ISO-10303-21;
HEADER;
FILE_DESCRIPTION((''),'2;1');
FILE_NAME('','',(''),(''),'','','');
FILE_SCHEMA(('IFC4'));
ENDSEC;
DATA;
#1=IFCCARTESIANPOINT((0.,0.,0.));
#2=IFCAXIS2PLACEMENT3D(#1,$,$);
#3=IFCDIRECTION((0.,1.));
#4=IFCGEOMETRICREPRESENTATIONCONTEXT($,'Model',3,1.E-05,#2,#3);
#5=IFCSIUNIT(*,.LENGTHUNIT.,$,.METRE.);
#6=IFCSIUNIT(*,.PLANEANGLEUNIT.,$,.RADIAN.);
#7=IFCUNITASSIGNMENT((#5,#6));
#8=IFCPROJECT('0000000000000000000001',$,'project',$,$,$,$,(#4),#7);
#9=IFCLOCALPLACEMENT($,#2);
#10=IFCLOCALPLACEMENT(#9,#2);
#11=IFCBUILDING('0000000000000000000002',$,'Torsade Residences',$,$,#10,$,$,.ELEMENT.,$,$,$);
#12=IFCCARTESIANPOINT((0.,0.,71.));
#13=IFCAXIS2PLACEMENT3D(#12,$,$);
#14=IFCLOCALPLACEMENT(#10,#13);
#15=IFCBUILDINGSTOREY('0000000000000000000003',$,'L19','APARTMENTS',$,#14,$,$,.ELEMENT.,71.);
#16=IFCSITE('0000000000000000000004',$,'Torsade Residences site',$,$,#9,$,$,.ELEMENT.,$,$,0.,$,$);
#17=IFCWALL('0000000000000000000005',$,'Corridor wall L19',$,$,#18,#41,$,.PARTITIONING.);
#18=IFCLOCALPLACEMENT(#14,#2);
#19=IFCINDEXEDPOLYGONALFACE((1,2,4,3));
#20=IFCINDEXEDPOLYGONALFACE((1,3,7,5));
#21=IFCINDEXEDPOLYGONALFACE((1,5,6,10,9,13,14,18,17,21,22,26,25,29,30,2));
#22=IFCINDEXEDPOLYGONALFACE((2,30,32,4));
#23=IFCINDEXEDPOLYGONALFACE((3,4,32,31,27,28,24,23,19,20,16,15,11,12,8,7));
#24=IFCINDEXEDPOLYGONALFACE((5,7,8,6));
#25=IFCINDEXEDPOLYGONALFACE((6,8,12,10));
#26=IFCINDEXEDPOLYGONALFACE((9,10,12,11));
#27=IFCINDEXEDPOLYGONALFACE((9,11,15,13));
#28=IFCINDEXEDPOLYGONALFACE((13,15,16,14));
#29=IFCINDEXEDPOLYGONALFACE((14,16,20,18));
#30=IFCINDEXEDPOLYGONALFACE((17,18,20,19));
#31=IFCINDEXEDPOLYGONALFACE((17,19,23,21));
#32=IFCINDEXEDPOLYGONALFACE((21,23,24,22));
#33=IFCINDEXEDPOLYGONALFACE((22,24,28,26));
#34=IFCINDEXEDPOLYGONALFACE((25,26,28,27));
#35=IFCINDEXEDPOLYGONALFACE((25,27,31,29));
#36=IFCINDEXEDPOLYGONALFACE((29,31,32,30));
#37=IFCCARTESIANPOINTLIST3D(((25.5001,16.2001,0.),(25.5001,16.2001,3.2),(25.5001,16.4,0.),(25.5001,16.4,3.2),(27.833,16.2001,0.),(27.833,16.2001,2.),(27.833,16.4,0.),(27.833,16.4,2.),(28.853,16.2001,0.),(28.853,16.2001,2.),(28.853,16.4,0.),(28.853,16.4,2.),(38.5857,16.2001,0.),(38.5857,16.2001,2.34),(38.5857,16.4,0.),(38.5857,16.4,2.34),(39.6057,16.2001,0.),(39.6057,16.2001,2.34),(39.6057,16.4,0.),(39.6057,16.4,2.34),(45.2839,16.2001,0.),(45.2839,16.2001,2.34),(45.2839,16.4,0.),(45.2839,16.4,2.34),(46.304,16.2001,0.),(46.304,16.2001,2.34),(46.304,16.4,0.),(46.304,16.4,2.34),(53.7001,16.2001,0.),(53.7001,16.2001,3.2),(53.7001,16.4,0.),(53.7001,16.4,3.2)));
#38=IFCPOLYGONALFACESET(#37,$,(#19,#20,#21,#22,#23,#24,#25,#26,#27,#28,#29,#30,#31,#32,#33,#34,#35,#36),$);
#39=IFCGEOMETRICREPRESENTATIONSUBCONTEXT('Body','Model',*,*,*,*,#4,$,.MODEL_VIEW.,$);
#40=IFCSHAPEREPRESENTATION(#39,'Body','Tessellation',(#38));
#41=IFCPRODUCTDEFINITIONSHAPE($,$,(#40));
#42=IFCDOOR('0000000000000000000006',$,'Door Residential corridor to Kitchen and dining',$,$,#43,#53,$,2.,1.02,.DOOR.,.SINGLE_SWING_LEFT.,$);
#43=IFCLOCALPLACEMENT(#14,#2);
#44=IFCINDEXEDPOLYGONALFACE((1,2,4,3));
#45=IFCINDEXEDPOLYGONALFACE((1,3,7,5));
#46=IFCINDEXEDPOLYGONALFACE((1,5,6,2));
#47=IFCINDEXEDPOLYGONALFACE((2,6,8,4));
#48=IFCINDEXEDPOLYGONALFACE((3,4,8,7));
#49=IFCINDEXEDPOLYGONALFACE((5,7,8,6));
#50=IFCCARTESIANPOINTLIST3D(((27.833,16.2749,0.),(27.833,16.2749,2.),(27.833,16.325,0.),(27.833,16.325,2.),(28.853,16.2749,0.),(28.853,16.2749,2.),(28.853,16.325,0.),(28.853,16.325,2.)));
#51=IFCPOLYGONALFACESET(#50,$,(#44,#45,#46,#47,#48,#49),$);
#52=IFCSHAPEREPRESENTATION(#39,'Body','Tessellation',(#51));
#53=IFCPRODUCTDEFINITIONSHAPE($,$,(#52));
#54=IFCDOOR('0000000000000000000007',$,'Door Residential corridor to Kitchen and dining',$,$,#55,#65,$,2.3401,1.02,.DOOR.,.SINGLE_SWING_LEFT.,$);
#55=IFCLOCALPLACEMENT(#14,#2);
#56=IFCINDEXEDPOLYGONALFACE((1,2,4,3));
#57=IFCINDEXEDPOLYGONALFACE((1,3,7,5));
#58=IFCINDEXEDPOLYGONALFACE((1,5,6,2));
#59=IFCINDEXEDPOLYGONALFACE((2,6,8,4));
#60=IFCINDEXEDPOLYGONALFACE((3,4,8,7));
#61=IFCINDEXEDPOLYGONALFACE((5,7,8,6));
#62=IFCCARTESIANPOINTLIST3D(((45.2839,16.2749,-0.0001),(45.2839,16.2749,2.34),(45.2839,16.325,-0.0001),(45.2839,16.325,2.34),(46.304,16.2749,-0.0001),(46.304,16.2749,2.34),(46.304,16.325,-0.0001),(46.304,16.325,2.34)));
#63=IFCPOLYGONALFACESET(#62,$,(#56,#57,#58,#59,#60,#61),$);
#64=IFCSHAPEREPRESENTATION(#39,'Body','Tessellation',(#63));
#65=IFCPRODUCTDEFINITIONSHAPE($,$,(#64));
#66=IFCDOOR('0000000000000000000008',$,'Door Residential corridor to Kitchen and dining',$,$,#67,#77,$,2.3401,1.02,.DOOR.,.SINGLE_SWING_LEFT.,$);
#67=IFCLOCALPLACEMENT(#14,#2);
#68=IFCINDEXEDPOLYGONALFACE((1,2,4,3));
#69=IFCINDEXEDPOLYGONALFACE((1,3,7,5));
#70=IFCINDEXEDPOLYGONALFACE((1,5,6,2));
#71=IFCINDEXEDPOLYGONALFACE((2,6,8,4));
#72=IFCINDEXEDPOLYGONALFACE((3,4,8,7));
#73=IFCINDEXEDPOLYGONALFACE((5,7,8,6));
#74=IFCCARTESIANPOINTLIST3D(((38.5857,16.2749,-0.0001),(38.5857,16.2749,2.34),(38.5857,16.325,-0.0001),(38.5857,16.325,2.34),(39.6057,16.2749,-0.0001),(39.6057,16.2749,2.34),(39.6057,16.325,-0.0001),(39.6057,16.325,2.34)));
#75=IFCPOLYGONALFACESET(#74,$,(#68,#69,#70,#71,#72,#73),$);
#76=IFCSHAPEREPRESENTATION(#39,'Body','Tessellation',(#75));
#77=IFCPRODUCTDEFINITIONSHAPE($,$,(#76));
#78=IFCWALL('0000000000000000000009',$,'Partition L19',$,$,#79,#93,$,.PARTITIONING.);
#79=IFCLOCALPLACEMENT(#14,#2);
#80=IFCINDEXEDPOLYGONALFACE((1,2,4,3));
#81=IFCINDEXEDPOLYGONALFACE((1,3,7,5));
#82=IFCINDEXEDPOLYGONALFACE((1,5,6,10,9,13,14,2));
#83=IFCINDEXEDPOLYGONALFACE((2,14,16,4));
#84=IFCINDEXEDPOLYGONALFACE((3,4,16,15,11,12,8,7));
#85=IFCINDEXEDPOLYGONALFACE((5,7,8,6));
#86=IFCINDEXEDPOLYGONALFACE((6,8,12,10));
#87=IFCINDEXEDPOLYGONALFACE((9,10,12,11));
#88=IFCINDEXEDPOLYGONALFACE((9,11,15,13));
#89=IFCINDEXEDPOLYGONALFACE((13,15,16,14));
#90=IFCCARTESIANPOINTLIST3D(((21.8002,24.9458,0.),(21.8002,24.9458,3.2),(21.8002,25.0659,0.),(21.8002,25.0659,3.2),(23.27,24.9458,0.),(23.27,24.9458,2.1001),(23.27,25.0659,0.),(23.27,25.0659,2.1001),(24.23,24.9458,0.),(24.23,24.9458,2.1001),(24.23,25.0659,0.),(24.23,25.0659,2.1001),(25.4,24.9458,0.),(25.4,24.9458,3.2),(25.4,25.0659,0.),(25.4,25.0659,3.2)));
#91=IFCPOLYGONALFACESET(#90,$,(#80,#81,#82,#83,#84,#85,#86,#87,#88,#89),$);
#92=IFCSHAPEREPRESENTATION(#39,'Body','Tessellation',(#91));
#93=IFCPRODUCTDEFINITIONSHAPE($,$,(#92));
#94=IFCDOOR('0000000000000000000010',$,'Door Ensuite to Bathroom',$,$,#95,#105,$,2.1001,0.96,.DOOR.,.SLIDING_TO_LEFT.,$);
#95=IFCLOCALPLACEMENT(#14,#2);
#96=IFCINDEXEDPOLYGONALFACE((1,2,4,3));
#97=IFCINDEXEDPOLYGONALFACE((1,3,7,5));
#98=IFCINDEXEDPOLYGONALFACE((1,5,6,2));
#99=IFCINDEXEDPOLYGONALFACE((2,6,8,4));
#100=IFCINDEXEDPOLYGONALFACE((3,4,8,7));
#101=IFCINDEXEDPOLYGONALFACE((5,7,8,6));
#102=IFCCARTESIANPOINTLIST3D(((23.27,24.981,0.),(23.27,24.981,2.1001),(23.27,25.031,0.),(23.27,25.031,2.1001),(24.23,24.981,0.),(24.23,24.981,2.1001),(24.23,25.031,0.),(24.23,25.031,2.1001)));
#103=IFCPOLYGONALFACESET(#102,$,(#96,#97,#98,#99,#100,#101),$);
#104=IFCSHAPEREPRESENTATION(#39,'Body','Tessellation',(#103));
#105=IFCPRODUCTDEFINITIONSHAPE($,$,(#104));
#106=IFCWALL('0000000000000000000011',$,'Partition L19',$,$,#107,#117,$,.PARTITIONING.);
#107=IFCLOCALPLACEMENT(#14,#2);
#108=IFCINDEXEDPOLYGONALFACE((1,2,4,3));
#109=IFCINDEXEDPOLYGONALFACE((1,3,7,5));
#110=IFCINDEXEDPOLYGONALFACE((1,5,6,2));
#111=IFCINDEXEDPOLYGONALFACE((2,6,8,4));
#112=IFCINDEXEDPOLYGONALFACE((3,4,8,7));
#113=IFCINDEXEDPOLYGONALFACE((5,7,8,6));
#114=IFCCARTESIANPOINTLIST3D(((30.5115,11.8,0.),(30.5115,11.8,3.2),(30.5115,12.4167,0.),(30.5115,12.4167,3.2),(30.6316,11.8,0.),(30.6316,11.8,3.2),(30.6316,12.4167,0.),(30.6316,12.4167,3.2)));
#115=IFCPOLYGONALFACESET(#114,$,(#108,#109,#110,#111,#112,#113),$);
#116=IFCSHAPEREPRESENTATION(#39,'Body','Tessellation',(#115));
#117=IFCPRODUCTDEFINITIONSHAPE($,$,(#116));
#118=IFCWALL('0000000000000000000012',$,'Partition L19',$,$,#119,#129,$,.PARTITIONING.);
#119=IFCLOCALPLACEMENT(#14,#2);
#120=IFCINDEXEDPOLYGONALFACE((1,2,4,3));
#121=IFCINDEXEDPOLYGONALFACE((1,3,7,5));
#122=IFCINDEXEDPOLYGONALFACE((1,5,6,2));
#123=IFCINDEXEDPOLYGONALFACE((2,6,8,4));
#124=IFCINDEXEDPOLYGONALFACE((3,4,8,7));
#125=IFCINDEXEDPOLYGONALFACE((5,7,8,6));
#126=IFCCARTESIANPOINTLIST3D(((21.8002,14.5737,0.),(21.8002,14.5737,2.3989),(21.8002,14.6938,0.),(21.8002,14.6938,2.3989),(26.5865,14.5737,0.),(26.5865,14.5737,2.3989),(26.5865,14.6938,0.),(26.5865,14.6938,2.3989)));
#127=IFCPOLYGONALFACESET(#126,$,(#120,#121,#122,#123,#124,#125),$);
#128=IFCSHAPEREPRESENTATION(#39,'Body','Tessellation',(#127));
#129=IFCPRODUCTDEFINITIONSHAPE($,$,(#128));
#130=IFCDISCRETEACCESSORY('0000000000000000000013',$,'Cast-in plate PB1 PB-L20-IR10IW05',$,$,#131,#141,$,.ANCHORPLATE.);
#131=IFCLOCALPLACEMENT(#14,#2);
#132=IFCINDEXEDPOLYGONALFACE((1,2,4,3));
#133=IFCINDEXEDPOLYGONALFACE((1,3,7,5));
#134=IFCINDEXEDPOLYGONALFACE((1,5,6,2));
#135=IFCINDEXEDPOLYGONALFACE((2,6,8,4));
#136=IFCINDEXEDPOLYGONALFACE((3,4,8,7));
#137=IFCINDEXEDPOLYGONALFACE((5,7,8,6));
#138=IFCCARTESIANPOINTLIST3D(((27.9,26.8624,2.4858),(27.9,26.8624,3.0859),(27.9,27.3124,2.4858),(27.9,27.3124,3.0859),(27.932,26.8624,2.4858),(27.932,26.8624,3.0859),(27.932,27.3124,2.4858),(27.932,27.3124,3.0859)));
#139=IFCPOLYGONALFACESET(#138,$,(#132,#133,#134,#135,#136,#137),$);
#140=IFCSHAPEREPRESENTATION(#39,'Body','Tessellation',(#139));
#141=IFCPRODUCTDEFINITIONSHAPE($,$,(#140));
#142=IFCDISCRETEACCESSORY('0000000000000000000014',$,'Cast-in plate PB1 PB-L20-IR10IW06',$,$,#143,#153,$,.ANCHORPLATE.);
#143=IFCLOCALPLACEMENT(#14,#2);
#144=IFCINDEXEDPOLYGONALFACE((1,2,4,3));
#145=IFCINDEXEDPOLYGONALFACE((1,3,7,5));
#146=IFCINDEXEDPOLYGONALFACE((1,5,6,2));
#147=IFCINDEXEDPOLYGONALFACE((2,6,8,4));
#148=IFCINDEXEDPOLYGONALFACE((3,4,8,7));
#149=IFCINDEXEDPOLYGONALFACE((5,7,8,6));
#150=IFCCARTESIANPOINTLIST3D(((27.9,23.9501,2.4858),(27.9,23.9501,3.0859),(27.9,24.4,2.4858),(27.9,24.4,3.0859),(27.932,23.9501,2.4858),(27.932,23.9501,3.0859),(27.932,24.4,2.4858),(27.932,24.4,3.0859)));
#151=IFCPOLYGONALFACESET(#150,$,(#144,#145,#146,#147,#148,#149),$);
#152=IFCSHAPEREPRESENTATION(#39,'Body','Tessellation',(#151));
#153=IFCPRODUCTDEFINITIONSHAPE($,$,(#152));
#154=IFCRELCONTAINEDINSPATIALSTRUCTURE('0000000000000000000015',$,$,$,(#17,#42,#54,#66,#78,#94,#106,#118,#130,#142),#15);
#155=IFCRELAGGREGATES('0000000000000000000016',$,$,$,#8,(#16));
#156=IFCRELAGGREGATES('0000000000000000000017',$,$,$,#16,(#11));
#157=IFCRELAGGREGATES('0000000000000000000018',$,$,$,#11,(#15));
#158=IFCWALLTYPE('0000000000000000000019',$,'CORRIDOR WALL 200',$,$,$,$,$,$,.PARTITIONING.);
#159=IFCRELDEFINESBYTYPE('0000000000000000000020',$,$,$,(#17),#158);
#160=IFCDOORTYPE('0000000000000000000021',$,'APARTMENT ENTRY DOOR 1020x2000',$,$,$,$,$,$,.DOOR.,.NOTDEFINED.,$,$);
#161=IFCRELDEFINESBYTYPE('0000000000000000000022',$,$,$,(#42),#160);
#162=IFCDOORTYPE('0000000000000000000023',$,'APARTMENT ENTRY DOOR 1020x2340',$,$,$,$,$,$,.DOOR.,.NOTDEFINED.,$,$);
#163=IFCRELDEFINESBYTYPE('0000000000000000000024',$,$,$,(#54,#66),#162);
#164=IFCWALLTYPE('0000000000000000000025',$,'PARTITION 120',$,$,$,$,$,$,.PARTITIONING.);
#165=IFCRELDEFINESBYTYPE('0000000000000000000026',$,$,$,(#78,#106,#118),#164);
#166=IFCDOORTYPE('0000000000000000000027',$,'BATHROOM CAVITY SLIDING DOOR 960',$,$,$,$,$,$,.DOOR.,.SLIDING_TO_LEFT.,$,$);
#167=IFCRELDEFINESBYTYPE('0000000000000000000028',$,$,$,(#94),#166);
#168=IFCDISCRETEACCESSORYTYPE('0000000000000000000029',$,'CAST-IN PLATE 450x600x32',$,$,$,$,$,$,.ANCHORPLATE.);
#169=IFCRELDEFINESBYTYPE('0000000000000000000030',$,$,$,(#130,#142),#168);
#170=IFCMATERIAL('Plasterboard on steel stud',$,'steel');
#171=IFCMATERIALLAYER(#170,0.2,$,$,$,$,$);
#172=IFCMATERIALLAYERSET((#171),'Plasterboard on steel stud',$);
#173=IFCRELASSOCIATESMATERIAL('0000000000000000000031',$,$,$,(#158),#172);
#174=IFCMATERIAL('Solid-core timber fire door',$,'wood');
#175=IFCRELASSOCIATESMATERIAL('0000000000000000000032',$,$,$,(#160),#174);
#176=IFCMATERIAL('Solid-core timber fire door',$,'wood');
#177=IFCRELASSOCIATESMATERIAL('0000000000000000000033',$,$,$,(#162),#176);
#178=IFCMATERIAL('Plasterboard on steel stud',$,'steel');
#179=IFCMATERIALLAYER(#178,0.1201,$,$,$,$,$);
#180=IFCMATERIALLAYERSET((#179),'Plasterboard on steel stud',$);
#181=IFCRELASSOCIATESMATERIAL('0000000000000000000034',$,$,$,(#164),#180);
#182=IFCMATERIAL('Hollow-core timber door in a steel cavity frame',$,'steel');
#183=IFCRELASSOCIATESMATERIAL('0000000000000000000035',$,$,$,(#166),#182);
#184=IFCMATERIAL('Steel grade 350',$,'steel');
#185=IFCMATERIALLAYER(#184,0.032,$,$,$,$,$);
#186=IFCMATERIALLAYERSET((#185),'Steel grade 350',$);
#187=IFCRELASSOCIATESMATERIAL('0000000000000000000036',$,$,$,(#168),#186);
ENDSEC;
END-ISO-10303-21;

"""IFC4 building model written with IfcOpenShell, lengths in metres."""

from ifc_helpers import new_model, si_unit, direction, frame, frame_2d, origin, origin_2d, place, context, subcontext, project, spatial, rectangle, extrude, material, layer, layer_set, type_object, element, fill, save


model = new_model("IFC4")

# Units and contexts
model_context = context("Model", 3, precision=1e-05, world=origin(), true_north=direction((0.0, 1.0)))
body_context = subcontext(model_context, "Body", "Model", "MODEL_VIEW")
ifc_project = project(units=[si_unit("LENGTHUNIT", "METRE"), si_unit("PLANEANGLEUNIT", "RADIAN")], contexts=[model_context])

# Site, building, storey
site_placement = place(None, origin())
site = spatial("IfcSite", under=ifc_project, at=site_placement, Name="Torsade Residences site", CompositionType="ELEMENT", RefElevation=0.0)
building_placement = place(site_placement, origin())
building = spatial("IfcBuilding", under=site, at=building_placement, Name="Torsade Residences", CompositionType="ELEMENT")
storey_placement = place(building_placement, frame((0.0, 0.0, 71.0)))
storey = spatial("IfcBuildingStorey", under=building, at=storey_placement, Name="L19", Description="APARTMENTS", CompositionType="ELEMENT", Elevation=71.0)

# Wall, openings, doors
ifc_material_1 = material(Name="Plasterboard on steel stud", Category="steel")
ifc_layer_1 = layer(ifc_material_1, 0.2)
ifc_layer_set_1 = layer_set([ifc_layer_1], Name="Plasterboard on steel stud")
wall_type_1 = type_object("IfcWallType", Name="CORRIDOR WALL 200", PredefinedType="PARTITIONING", material=ifc_layer_set_1)
wall_1_placement = place(storey_placement, frame((25.5, 16.3, 0.0), z_axis=(0.0, 0.0, 1.0), x_axis=(1.0, 0.0, 0.0)))
wall_1 = element("IfcWall", 1, at=wall_1_placement, inside=storey, type_object=wall_type_1, Name="Corridor wall L19", PredefinedType="PARTITIONING", context=body_context, shape_type="SweptSolid", body=[
    extrude(rectangle(XDim=28.2, YDim=0.2, at=frame_2d((14.1001, 0.0))), origin(), (0.0, 0.0, 1.0), 3.2),
])
opening_1_placement = place(wall_1_placement, frame((19.7839, 0.0, 0.0)))
opening_1 = element("IfcOpeningElement", 2, at=opening_1_placement, cuts=wall_1, PredefinedType="OPENING", context=body_context, shape_type="SweptSolid", body=[
    extrude(rectangle(XDim=1.02, YDim=2.3401, at=frame_2d((0.51, 1.1699))), frame((0.0, 0.1099, 0.0), z_axis=(0.0, -1.0, 0.0), x_axis=(1.0, 0.0, 0.0)), (0.0, 0.0, 1.0), 0.22),
])
opening_2_placement = place(wall_1_placement, frame((13.0857, 0.0, 0.0)))
opening_2 = element("IfcOpeningElement", 3, at=opening_2_placement, cuts=wall_1, PredefinedType="OPENING", context=body_context, shape_type="SweptSolid", body=[
    extrude(rectangle(XDim=1.02, YDim=2.3401, at=frame_2d((0.51, 1.1699))), frame((0.0, 0.1099, 0.0), z_axis=(0.0, -1.0, 0.0), x_axis=(1.0, 0.0, 0.0)), (0.0, 0.0, 1.0), 0.22),
])
opening_3_placement = place(wall_1_placement, frame((2.333, 0.0, 0.0)))
opening_3 = element("IfcOpeningElement", 4, at=opening_3_placement, cuts=wall_1, PredefinedType="OPENING", context=body_context, shape_type="SweptSolid", body=[
    extrude(rectangle(XDim=1.02, YDim=2.0, at=frame_2d((0.51, 1.0))), frame((0.0, 0.1099, 0.0), z_axis=(0.0, -1.0, 0.0), x_axis=(1.0, 0.0, 0.0)), (0.0, 0.0, 1.0), 0.22),
])
ifc_material_2 = material(Name="Solid-core timber fire door", Category="wood")
door_type_1 = type_object("IfcDoorType", Name="APARTMENT ENTRY DOOR 1020x2000", OperationType="NOTDEFINED", PredefinedType="DOOR", material=ifc_material_2)
door_1_placement = place(opening_3_placement, origin())
door_1 = element("IfcDoor", 5, at=door_1_placement, inside=storey, type_object=door_type_1, Name="Door Residential corridor to Kitchen and dining", OperationType="SINGLE_SWING_LEFT", OverallHeight=2.0, OverallWidth=1.02, PredefinedType="DOOR", context=body_context, shape_type="SweptSolid", body=[
    extrude(rectangle(XDim=1.02, YDim=2.0, at=frame_2d((0.51, 1.0))), frame((0.0, 0.0249, 0.0), z_axis=(0.0, -1.0, 0.0), x_axis=(1.0, 0.0, 0.0)), (0.0, 0.0, 1.0), 0.05),
])
fill(opening_3, door_1)
ifc_material_3 = material(Name="Solid-core timber fire door", Category="wood")
door_type_2 = type_object("IfcDoorType", Name="APARTMENT ENTRY DOOR 1020x2340", OperationType="NOTDEFINED", PredefinedType="DOOR", material=ifc_material_3)
door_2_placement = place(opening_1_placement, origin())
door_2 = element("IfcDoor", 6, at=door_2_placement, inside=storey, type_object=door_type_2, Name="Door Residential corridor to Kitchen and dining", OperationType="SINGLE_SWING_LEFT", OverallHeight=2.3401, OverallWidth=1.02, PredefinedType="DOOR", context=body_context, shape_type="SweptSolid", body=[
    extrude(rectangle(XDim=1.02, YDim=2.3401, at=frame_2d((0.51, 1.1699))), frame((0.0, 0.0249, 0.0), z_axis=(0.0, -1.0, 0.0), x_axis=(1.0, 0.0, 0.0)), (0.0, 0.0, 1.0), 0.05),
])
fill(opening_1, door_2)
door_3_placement = place(opening_2_placement, origin())
door_3 = element("IfcDoor", 7, at=door_3_placement, inside=storey, type_object=door_type_2, Name="Door Residential corridor to Kitchen and dining", OperationType="SINGLE_SWING_LEFT", OverallHeight=2.3401, OverallWidth=1.02, PredefinedType="DOOR", context=body_context, shape_type="SweptSolid", body=[
    extrude(rectangle(XDim=1.02, YDim=2.3401, at=frame_2d((0.51, 1.1699))), frame((0.0, 0.0249, 0.0), z_axis=(0.0, -1.0, 0.0), x_axis=(1.0, 0.0, 0.0)), (0.0, 0.0, 1.0), 0.05),
])
fill(opening_2, door_3)

# Wall, opening, door
ifc_material_4 = material(Name="Plasterboard on steel stud", Category="steel")
ifc_layer_2 = layer(ifc_material_4, 0.1201)
ifc_layer_set_2 = layer_set([ifc_layer_2], Name="Plasterboard on steel stud")
wall_type_2 = type_object("IfcWallType", Name="PARTITION 120", PredefinedType="PARTITIONING", material=ifc_layer_set_2)
wall_2_placement = place(storey_placement, frame((25.3999, 25.0059, 0.0), z_axis=(0.0, 0.0, 1.0), x_axis=(-1.0, 0.0, 0.0)))
wall_2 = element("IfcWall", 8, at=wall_2_placement, inside=storey, type_object=wall_type_2, Name="Partition L19", PredefinedType="PARTITIONING", context=body_context, shape_type="SweptSolid", body=[
    extrude(rectangle(XDim=3.5999, YDim=0.1201, at=frame_2d((1.7998, 0.0))), origin(), (0.0, 0.0, 1.0), 3.2),
])
opening_4_placement = place(wall_2_placement, frame((1.1699, 0.0, 0.0)))
opening_4 = element("IfcOpeningElement", 9, at=opening_4_placement, cuts=wall_2, PredefinedType="OPENING", context=body_context, shape_type="SweptSolid", body=[
    extrude(rectangle(XDim=0.96, YDim=2.1001, at=frame_2d((0.48, 1.05))), frame((0.0, 0.0701, 0.0), z_axis=(0.0, -1.0, 0.0), x_axis=(1.0, 0.0, 0.0)), (0.0, 0.0, 1.0), 0.1401),
])
ifc_material_5 = material(Name="Hollow-core timber door in a steel cavity frame", Category="steel")
door_type_3 = type_object("IfcDoorType", Name="BATHROOM CAVITY SLIDING DOOR 960", OperationType="SLIDING_TO_LEFT", PredefinedType="DOOR", material=ifc_material_5)
door_4_placement = place(opening_4_placement, origin())
door_4 = element("IfcDoor", 10, at=door_4_placement, inside=storey, type_object=door_type_3, Name="Door Ensuite to Bathroom", OperationType="SLIDING_TO_LEFT", OverallHeight=2.1001, OverallWidth=0.96, PredefinedType="DOOR", context=body_context, shape_type="SweptSolid", body=[
    extrude(rectangle(XDim=0.96, YDim=2.1001, at=frame_2d((0.48, 1.05))), frame((0.0, 0.0249, 0.0), z_axis=(0.0, -1.0, 0.0), x_axis=(1.0, 0.0, 0.0)), (0.0, 0.0, 1.0), 0.05),
])
fill(opening_4, door_4)

# Walls
wall_3_placement = place(storey_placement, frame((30.5715, 12.4167, 0.0), z_axis=(0.0, 0.0, 1.0), x_axis=(0.0, -1.0, 0.0)))
element("IfcWall", 11, at=wall_3_placement, inside=storey, type_object=wall_type_2, Name="Partition L19", PredefinedType="PARTITIONING", context=body_context, shape_type="SweptSolid", body=[
    extrude(rectangle(XDim=0.6167, YDim=0.1201, at=frame_2d((0.3083, 0.0))), origin(), (0.0, 0.0, 1.0), 3.2),
])
wall_4_placement = place(storey_placement, frame((26.5864, 14.6338, 0.0), z_axis=(0.0, 0.0, 1.0), x_axis=(-1.0, 0.0, 0.0)))
element("IfcWall", 12, at=wall_4_placement, inside=storey, type_object=wall_type_2, Name="Partition L19", PredefinedType="PARTITIONING", context=body_context, shape_type="SweptSolid", body=[
    extrude(rectangle(XDim=4.7864, YDim=0.1201, at=frame_2d((2.3931, 0.0))), origin(), (0.0, 0.0, 1.0), 2.3989),
])

# Discrete accessories
ifc_material_6 = material(Name="Steel grade 350", Category="steel")
ifc_layer_3 = layer(ifc_material_6, 0.032)
ifc_layer_set_3 = layer_set([ifc_layer_3], Name="Steel grade 350")
discrete_accessory_type = type_object("IfcDiscreteAccessoryType", Name="CAST-IN PLATE 450x600x32", PredefinedType="ANCHORPLATE", material=ifc_layer_set_3)
for number, where, z_axis, x_axis, name in (
    (13, (27.916, 27.0874, 2.4858), (0.0, 0.0, 1.0), (1.0, 0.0, 0.0), "Cast-in plate PB1 PB-L20-IR10IW05"),
    (14, (27.916, 24.175, 2.4858), (0.0, 0.0, 1.0), (1.0, 0.0, 0.0), "Cast-in plate PB1 PB-L20-IR10IW06"),
):
    element("IfcDiscreteAccessory", number, at=place(storey_placement, frame(where, z_axis=z_axis, x_axis=x_axis)), inside=storey, type_object=discrete_accessory_type, Name=name, PredefinedType="ANCHORPLATE", context=body_context, shape_type="SweptSolid", body=[
        extrude(rectangle(XDim=0.032, YDim=0.45, at=origin_2d()), origin(), (0.0, 0.0, 1.0), 0.6001),
    ])

save(model, "model.ifc")
